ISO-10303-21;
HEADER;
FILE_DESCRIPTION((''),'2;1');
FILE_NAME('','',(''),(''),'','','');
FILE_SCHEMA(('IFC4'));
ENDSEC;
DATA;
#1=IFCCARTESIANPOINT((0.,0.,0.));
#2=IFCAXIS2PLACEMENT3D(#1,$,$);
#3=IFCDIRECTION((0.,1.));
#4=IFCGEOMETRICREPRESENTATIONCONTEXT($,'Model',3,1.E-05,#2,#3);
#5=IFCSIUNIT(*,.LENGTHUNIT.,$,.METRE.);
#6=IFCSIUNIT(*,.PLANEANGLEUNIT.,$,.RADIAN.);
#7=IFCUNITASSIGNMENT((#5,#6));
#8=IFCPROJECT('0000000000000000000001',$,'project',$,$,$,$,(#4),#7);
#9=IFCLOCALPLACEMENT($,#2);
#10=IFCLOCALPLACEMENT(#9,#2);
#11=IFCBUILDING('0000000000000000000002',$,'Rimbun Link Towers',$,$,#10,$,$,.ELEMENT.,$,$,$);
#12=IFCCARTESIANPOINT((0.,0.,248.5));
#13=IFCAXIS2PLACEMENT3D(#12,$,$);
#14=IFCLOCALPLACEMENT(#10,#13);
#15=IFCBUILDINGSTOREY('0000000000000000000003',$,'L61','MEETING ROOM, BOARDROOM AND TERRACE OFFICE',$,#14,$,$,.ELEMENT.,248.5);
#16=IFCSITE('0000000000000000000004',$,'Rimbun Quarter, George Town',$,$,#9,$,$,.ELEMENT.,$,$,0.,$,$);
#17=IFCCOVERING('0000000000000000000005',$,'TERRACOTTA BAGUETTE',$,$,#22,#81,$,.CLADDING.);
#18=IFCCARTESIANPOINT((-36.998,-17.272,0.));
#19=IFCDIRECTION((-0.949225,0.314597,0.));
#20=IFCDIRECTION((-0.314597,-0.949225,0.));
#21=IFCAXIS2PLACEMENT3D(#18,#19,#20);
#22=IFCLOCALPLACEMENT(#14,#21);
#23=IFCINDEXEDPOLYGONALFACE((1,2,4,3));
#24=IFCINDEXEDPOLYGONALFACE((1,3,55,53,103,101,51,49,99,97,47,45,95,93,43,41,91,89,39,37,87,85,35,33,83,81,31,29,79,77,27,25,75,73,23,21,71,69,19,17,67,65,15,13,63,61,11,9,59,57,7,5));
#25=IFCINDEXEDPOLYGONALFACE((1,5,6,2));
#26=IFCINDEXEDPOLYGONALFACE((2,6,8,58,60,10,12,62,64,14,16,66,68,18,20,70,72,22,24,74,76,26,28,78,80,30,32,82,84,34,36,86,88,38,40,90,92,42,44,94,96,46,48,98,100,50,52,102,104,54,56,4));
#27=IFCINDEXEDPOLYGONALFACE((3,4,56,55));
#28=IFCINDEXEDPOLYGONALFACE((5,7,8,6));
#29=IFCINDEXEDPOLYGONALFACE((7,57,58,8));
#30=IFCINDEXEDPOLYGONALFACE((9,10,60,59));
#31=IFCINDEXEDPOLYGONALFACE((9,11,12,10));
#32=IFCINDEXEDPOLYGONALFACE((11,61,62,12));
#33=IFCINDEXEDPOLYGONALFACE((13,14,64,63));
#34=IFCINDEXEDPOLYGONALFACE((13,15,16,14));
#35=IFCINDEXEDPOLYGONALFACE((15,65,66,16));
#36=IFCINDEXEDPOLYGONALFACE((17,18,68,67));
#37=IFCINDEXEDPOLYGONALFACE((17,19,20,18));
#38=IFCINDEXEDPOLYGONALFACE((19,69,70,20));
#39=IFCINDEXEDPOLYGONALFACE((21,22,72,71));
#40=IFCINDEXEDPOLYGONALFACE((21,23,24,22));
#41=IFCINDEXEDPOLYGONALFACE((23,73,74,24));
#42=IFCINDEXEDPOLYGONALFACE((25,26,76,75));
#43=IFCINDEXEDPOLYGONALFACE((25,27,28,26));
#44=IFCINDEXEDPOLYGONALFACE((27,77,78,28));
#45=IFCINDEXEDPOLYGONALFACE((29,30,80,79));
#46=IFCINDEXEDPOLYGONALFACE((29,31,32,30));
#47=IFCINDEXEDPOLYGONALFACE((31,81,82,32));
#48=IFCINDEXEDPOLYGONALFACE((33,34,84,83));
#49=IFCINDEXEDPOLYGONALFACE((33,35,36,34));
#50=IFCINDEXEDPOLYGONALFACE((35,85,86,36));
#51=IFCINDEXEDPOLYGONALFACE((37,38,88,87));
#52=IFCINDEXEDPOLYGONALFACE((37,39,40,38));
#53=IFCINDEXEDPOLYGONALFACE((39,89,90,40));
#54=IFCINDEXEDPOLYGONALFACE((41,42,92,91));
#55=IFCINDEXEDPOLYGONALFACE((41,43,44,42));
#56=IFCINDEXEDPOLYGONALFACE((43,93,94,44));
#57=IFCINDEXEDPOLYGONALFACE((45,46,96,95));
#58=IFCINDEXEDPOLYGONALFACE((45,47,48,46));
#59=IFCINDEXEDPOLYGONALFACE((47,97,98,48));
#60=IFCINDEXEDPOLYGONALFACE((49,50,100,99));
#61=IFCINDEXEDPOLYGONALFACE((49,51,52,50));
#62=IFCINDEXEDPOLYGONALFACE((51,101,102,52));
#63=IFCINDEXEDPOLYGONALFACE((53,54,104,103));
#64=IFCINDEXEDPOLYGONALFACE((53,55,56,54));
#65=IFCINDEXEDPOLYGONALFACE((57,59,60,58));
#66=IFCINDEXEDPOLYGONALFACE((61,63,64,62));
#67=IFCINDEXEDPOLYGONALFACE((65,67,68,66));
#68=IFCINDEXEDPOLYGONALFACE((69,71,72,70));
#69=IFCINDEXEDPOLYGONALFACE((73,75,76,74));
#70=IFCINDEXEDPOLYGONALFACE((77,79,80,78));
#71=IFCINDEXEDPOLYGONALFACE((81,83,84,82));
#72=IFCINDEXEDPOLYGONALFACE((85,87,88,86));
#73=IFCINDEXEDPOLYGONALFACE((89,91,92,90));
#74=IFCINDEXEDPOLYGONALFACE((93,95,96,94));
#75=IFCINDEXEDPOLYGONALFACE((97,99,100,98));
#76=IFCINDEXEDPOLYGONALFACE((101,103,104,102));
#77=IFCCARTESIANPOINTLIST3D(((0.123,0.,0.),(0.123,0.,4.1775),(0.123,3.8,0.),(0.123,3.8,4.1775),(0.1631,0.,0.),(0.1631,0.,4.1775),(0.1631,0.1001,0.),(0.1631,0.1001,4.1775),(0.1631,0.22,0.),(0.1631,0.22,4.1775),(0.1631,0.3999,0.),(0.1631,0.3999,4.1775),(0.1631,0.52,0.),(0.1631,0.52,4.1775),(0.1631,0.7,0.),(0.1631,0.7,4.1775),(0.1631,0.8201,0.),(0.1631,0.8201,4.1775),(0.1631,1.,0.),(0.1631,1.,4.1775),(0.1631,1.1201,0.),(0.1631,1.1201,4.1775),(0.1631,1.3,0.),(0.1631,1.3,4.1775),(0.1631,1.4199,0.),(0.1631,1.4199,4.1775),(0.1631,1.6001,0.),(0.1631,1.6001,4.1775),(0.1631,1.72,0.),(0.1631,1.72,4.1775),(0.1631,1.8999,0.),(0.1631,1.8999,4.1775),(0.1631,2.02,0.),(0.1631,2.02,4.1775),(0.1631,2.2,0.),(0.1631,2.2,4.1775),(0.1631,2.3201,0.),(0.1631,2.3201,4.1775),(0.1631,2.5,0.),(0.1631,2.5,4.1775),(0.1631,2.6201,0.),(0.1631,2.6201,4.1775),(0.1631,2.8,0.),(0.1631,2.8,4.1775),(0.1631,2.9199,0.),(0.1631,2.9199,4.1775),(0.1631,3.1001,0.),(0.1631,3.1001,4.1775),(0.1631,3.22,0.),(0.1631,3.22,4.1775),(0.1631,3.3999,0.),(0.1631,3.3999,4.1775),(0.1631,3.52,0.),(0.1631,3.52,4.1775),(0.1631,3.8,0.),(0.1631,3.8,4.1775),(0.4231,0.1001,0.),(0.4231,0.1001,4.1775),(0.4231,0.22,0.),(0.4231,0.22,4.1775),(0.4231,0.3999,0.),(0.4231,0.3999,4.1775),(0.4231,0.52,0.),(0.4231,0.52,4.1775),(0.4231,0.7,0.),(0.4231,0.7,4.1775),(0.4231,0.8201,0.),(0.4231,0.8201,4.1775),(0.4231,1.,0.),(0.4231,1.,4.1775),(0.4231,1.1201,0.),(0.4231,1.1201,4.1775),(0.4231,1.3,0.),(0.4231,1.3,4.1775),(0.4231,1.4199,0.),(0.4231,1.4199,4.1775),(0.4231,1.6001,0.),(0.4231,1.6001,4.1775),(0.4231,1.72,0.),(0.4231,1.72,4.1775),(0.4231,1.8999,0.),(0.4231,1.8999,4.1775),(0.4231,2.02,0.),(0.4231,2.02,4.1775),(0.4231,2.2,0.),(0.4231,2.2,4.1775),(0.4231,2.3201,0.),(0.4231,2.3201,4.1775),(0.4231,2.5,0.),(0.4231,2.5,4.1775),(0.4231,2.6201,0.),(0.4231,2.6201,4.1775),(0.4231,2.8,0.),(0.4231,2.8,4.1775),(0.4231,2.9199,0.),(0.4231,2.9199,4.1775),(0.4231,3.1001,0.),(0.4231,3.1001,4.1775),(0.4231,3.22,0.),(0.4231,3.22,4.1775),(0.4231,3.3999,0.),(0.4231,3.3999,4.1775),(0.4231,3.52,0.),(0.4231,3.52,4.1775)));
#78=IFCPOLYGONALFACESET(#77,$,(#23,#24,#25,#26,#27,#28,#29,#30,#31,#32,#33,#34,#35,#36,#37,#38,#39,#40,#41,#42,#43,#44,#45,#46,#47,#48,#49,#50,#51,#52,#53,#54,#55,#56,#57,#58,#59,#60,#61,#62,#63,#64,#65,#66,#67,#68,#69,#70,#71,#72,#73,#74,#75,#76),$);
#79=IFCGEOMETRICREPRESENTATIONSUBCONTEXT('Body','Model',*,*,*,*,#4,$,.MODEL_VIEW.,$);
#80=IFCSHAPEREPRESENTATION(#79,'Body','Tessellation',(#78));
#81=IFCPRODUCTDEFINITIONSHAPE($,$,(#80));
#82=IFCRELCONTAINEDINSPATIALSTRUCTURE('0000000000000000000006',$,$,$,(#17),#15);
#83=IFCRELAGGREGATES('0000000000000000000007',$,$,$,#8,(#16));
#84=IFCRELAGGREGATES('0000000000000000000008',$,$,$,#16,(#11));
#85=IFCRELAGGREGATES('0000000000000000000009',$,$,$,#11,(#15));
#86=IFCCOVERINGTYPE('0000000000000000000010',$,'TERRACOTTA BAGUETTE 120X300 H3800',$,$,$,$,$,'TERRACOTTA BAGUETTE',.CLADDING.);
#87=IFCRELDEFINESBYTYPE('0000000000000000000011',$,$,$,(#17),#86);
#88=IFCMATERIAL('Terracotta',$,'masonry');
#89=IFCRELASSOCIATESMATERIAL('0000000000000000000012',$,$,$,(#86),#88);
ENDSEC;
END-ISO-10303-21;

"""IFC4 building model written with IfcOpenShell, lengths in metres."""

from ifc_helpers import new_model, si_unit, direction, frame, origin, place, context, subcontext, project, spatial, polyline, outline, extrude, material, material_profile, profile_set, type_object, element, save


model = new_model("IFC4")

# Units and contexts
model_context = context("Model", 3, precision=1e-05, world=origin(), true_north=direction((0.0, 1.0)))
body_context = subcontext(model_context, "Body", "Model", "MODEL_VIEW")
ifc_project = project(units=[si_unit("LENGTHUNIT", "METRE"), si_unit("PLANEANGLEUNIT", "RADIAN")], contexts=[model_context])

# Site, building, storey
site_placement = place(None, origin())
site = spatial("IfcSite", under=ifc_project, at=site_placement, Name="Rimbun Quarter, George Town", CompositionType="ELEMENT", RefElevation=0.0)
building_placement = place(site_placement, origin())
building = spatial("IfcBuilding", under=site, at=building_placement, Name="Rimbun Link Towers", CompositionType="ELEMENT")
storey_placement = place(building_placement, frame((0.0, 0.0, 248.5)))
storey = spatial("IfcBuildingStorey", under=building, at=storey_placement, Name="L61", Description="MEETING ROOM, BOARDROOM AND TERRACE OFFICE", CompositionType="ELEMENT", Elevation=248.5)

# Covering
ifc_material_1 = material(Name="Terracotta", Category="masonry")
ifc_material_profile_1 = material_profile(ifc_material_1, outline(polyline([(0.123, 0.0), (0.1631, 0.0), (0.1631, 0.1001), (0.4231, 0.1001), (0.4231, 0.22), (0.1631, 0.22), (0.1631, 0.3999), (0.4231, 0.3999), (0.4231, 0.52), (0.1631, 0.52), (0.1631, 0.7), (0.4231, 0.7), (0.4231, 0.8201), (0.1631, 0.8201), (0.1631, 1.0), (0.4231, 1.0), (0.4231, 1.1201), (0.1631, 1.1201), (0.1631, 1.3), (0.4231, 1.3), (0.4231, 1.4199), (0.1631, 1.4199), (0.1631, 1.6001), (0.4231, 1.6001), (0.4231, 1.72), (0.1631, 1.72), (0.1631, 1.8999), (0.4231, 1.8999), (0.4231, 2.02), (0.1631, 2.02), (0.1631, 2.2), (0.4231, 2.2), (0.4231, 2.3201), (0.1631, 2.3201), (0.1631, 2.5), (0.4231, 2.5), (0.4231, 2.6201), (0.1631, 2.6201), (0.1631, 2.8), (0.4231, 2.8), (0.4231, 2.9199), (0.1631, 2.9199), (0.1631, 3.1001), (0.4231, 3.1001), (0.4231, 3.22), (0.1631, 3.22), (0.1631, 3.3999), (0.4231, 3.3999), (0.4231, 3.52), (0.1631, 3.52), (0.1631, 3.8), (0.123, 3.8), (0.123, 0.0)])), Name="BAGUETTE 120X300")
ifc_profile_set_1 = profile_set([ifc_material_profile_1], Name="Terracotta")
covering_type = type_object("IfcCoveringType", Name="TERRACOTTA BAGUETTE 120X300 H3800", ElementType="TERRACOTTA BAGUETTE", PredefinedType="CLADDING", material=ifc_profile_set_1)
covering_1_placement = place(storey_placement, frame((-36.998, -17.272, 0.0), z_axis=(-0.949225, 0.314597, 0.0), x_axis=(-0.314597, -0.949225, 0.0)))
element("IfcCovering", 1, at=covering_1_placement, inside=storey, type_object=covering_type, Name="TERRACOTTA BAGUETTE", PredefinedType="CLADDING", context=body_context, shape_type="SweptSolid", body=[
    extrude(outline(polyline([(0.123, 0.0), (0.1631, 0.0), (0.1631, 0.1001), (0.4231, 0.1001), (0.4231, 0.22), (0.1631, 0.22), (0.1631, 0.3999), (0.4231, 0.3999), (0.4231, 0.52), (0.1631, 0.52), (0.1631, 0.7), (0.4231, 0.7), (0.4231, 0.8201), (0.1631, 0.8201), (0.1631, 1.0), (0.4231, 1.0), (0.4231, 1.1201), (0.1631, 1.1201), (0.1631, 1.3), (0.4231, 1.3), (0.4231, 1.4199), (0.1631, 1.4199), (0.1631, 1.6001), (0.4231, 1.6001), (0.4231, 1.72), (0.1631, 1.72), (0.1631, 1.8999), (0.4231, 1.8999), (0.4231, 2.02), (0.1631, 2.02), (0.1631, 2.2), (0.4231, 2.2), (0.4231, 2.3201), (0.1631, 2.3201), (0.1631, 2.5), (0.4231, 2.5), (0.4231, 2.6201), (0.1631, 2.6201), (0.1631, 2.8), (0.4231, 2.8), (0.4231, 2.9199), (0.1631, 2.9199), (0.1631, 3.1001), (0.4231, 3.1001), (0.4231, 3.22), (0.1631, 3.22), (0.1631, 3.3999), (0.4231, 3.3999), (0.4231, 3.52), (0.1631, 3.52), (0.1631, 3.8), (0.123, 3.8), (0.123, 0.0)])), origin(), (0.0, 0.0, 1.0), 4.1775),
])

save(model, "model.ifc")
